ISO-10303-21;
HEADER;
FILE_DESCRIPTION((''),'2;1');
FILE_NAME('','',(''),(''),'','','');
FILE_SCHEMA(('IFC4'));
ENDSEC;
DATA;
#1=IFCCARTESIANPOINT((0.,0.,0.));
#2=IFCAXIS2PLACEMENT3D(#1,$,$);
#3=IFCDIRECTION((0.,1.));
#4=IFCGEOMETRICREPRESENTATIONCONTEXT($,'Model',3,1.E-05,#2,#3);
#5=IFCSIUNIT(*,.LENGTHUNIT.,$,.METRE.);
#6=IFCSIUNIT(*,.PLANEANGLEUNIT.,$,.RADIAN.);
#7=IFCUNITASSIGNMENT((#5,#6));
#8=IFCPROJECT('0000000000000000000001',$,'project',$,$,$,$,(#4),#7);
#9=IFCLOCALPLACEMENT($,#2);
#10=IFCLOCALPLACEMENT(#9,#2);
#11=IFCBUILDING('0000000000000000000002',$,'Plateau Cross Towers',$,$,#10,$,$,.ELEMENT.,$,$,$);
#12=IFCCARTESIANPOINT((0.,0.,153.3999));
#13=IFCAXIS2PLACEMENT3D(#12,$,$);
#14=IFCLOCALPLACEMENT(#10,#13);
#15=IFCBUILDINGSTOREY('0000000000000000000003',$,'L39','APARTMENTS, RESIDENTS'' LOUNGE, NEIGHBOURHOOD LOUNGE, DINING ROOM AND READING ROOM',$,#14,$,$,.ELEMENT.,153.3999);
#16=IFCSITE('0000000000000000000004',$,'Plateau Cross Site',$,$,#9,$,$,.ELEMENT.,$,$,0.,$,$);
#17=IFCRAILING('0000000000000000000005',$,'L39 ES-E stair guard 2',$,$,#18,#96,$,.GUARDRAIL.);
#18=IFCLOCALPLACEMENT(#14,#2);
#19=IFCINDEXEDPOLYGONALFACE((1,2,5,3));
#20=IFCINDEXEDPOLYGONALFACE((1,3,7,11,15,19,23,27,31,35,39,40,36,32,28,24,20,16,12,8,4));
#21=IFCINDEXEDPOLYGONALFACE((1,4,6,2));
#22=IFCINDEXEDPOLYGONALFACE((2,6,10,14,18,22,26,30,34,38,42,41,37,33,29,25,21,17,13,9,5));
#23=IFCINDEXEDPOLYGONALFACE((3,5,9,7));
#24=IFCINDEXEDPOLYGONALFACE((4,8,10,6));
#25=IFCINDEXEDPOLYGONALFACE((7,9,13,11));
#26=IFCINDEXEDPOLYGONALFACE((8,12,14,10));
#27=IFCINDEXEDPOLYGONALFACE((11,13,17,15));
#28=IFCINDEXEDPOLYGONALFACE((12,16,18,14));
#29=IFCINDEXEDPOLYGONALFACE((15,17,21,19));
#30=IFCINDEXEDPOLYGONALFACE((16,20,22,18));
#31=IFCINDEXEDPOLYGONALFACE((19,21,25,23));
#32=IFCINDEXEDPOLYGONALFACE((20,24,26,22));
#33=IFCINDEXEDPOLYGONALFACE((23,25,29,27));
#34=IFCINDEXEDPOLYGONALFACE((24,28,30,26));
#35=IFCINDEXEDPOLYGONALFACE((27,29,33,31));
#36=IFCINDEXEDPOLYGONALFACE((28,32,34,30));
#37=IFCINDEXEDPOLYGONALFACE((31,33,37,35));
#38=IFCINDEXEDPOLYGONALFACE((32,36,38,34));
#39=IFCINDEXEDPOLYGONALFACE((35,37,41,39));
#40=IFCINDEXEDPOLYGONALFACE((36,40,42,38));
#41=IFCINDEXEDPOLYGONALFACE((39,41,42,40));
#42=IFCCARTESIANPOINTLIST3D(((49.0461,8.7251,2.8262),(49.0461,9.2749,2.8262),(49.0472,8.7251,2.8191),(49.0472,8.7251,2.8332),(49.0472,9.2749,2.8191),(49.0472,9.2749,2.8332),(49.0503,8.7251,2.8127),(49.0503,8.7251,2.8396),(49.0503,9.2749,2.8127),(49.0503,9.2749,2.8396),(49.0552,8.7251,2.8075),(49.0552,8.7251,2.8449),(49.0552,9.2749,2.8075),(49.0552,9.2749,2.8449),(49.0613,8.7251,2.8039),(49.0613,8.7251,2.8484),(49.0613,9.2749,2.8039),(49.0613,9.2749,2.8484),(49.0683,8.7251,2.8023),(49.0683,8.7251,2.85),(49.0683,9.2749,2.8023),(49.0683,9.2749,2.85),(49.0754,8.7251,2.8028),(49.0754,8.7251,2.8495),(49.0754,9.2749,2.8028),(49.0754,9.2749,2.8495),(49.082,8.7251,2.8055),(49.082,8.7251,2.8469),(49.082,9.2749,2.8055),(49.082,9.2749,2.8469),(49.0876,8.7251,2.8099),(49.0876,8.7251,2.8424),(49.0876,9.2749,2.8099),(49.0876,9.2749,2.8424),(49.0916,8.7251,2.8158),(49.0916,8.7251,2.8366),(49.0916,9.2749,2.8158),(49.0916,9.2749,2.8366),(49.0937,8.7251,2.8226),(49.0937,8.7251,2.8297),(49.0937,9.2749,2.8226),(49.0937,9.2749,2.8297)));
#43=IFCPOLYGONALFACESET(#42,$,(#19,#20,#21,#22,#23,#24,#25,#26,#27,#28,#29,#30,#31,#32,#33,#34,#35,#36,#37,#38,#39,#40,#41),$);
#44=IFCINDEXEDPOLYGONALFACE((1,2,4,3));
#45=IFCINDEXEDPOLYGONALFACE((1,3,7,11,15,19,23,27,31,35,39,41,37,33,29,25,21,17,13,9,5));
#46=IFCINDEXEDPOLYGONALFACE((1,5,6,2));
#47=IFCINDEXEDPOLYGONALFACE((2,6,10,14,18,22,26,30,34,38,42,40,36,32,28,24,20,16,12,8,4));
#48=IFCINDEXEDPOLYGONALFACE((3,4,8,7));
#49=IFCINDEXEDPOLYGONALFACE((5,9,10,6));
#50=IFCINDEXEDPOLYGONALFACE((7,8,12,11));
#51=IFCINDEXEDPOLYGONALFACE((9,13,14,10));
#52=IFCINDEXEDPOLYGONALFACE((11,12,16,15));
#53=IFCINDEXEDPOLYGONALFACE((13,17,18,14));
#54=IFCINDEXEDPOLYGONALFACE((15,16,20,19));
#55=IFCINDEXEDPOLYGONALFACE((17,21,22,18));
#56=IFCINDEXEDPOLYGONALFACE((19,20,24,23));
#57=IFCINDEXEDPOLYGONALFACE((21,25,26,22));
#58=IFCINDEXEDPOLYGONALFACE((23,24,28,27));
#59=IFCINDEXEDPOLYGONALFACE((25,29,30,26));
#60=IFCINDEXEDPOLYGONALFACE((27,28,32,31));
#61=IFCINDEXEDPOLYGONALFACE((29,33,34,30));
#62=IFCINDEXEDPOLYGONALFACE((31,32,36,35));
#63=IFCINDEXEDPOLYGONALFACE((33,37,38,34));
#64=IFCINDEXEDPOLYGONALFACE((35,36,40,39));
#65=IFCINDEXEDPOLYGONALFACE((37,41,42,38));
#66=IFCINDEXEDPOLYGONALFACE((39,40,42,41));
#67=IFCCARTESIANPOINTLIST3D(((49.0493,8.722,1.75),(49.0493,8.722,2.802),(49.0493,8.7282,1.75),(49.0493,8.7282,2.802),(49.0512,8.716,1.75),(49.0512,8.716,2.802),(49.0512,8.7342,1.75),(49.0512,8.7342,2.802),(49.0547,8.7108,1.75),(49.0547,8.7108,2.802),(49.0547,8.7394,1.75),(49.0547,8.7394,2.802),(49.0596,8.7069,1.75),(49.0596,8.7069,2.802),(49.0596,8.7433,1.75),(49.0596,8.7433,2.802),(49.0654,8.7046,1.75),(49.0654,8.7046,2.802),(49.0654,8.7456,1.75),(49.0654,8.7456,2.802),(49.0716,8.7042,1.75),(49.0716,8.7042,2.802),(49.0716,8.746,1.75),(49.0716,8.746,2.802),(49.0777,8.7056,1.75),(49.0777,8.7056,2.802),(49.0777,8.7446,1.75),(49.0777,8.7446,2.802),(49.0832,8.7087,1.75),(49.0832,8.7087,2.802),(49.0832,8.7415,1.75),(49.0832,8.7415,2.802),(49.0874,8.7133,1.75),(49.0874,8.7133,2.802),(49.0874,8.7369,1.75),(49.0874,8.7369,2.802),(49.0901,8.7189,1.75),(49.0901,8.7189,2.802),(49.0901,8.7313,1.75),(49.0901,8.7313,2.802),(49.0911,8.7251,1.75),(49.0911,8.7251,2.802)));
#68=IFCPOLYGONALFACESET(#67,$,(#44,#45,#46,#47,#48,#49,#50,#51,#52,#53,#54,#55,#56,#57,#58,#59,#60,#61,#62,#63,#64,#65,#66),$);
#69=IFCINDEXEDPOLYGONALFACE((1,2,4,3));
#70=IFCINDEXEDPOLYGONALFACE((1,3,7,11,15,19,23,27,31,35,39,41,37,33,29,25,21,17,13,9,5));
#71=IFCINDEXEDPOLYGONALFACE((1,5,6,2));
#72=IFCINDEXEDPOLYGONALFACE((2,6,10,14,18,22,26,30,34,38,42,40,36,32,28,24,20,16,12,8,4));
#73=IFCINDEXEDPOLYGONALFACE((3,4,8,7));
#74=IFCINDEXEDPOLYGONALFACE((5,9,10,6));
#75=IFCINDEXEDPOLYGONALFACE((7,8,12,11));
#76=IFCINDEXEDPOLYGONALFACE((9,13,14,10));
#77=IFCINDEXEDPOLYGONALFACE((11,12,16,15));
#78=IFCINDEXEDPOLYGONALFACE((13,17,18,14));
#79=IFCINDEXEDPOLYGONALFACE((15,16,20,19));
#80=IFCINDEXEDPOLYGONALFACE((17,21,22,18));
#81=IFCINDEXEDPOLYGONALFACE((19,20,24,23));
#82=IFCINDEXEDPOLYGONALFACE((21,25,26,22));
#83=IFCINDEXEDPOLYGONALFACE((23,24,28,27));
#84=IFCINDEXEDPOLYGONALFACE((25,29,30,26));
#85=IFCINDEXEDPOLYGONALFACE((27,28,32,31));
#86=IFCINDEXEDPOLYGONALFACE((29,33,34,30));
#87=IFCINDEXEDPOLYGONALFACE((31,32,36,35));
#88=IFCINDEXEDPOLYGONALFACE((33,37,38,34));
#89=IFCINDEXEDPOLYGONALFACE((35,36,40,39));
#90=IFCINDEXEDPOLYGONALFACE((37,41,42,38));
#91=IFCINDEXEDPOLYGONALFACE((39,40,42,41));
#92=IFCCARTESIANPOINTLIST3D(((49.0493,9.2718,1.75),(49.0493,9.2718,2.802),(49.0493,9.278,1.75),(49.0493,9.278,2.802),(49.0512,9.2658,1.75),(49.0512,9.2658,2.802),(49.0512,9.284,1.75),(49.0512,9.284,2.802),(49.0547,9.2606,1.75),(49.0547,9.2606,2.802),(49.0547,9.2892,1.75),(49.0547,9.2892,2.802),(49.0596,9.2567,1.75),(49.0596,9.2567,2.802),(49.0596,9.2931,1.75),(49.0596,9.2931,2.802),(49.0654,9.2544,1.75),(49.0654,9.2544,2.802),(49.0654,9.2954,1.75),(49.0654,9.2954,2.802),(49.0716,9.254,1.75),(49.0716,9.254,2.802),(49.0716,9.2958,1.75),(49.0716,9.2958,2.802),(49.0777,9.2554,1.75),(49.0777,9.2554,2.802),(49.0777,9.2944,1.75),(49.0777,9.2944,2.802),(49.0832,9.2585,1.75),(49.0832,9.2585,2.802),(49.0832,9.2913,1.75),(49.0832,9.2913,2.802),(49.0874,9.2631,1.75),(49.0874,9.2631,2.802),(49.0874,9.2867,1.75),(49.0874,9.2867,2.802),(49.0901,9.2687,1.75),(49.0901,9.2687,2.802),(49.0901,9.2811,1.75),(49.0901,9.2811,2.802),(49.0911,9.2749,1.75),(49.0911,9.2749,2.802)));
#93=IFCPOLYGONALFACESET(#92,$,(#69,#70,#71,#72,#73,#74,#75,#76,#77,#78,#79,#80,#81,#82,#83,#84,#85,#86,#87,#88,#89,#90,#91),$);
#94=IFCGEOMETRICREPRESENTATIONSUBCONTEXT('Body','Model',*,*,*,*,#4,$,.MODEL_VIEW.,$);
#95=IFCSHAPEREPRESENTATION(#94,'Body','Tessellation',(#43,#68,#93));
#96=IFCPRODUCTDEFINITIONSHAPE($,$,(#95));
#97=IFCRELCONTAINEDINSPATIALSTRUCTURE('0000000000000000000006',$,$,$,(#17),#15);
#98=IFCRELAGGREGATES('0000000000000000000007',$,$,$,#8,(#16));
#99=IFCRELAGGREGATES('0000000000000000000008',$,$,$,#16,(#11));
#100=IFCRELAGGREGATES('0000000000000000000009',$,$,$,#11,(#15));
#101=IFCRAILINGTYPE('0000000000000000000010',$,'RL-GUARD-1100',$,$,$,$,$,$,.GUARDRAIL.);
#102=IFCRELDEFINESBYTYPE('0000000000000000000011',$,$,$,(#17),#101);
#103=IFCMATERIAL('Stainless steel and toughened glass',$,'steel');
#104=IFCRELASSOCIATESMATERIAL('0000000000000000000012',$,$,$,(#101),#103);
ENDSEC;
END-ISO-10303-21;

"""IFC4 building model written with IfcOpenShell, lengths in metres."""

from ifc_helpers import new_model, si_unit, direction, frame, origin, origin_2d, place, context, subcontext, project, spatial, circle, extrude, material, type_object, element, save


model = new_model("IFC4")

# Units and contexts
model_context = context("Model", 3, precision=1e-05, world=origin(), true_north=direction((0.0, 1.0)))
body_context = subcontext(model_context, "Body", "Model", "MODEL_VIEW")
ifc_project = project(units=[si_unit("LENGTHUNIT", "METRE"), si_unit("PLANEANGLEUNIT", "RADIAN")], contexts=[model_context])

# Site, building, storey
site_placement = place(None, origin())
site = spatial("IfcSite", under=ifc_project, at=site_placement, Name="Plateau Cross Site", CompositionType="ELEMENT", RefElevation=0.0)
building_placement = place(site_placement, origin())
building = spatial("IfcBuilding", under=site, at=building_placement, Name="Plateau Cross Towers", CompositionType="ELEMENT")
storey_placement = place(building_placement, frame((0.0, 0.0, 153.3999)))
storey = spatial("IfcBuildingStorey", under=building, at=storey_placement, Name="L39", Description="APARTMENTS, RESIDENTS' LOUNGE, NEIGHBOURHOOD LOUNGE, DINING ROOM AND READING ROOM", CompositionType="ELEMENT", Elevation=153.3999)

# Railing
ifc_material_1 = material(Name="Stainless steel and toughened glass", Category="steel")
railing_type_1 = type_object("IfcRailingType", Name="RL-GUARD-1100", PredefinedType="GUARDRAIL", material=ifc_material_1)
railing_1_placement = place(storey_placement, frame((49.0701, 8.7251, 1.75)))
element("IfcRailing", 1, at=railing_1_placement, inside=storey, type_object=railing_type_1, Name="L39 ES-E stair guard 2", PredefinedType="GUARDRAIL", context=body_context, shape_type="SweptSolid", body=[
    extrude(circle(Radius=0.0239, at=origin_2d()), frame((0.0, 0.0, 1.0762), z_axis=(0.0, 1.0, 0.0), x_axis=(-1.0, 0.0, 0.0)), (0.0, 0.0, 1.0), 0.5498),
    extrude(circle(Radius=0.021, at=origin_2d()), origin(), (0.0, 0.0, 1.0), 1.052),
    extrude(circle(Radius=0.021, at=origin_2d()), frame((0.0, 0.5498, 0.0)), (0.0, 0.0, 1.0), 1.052),
])

save(model, "model.ifc")
